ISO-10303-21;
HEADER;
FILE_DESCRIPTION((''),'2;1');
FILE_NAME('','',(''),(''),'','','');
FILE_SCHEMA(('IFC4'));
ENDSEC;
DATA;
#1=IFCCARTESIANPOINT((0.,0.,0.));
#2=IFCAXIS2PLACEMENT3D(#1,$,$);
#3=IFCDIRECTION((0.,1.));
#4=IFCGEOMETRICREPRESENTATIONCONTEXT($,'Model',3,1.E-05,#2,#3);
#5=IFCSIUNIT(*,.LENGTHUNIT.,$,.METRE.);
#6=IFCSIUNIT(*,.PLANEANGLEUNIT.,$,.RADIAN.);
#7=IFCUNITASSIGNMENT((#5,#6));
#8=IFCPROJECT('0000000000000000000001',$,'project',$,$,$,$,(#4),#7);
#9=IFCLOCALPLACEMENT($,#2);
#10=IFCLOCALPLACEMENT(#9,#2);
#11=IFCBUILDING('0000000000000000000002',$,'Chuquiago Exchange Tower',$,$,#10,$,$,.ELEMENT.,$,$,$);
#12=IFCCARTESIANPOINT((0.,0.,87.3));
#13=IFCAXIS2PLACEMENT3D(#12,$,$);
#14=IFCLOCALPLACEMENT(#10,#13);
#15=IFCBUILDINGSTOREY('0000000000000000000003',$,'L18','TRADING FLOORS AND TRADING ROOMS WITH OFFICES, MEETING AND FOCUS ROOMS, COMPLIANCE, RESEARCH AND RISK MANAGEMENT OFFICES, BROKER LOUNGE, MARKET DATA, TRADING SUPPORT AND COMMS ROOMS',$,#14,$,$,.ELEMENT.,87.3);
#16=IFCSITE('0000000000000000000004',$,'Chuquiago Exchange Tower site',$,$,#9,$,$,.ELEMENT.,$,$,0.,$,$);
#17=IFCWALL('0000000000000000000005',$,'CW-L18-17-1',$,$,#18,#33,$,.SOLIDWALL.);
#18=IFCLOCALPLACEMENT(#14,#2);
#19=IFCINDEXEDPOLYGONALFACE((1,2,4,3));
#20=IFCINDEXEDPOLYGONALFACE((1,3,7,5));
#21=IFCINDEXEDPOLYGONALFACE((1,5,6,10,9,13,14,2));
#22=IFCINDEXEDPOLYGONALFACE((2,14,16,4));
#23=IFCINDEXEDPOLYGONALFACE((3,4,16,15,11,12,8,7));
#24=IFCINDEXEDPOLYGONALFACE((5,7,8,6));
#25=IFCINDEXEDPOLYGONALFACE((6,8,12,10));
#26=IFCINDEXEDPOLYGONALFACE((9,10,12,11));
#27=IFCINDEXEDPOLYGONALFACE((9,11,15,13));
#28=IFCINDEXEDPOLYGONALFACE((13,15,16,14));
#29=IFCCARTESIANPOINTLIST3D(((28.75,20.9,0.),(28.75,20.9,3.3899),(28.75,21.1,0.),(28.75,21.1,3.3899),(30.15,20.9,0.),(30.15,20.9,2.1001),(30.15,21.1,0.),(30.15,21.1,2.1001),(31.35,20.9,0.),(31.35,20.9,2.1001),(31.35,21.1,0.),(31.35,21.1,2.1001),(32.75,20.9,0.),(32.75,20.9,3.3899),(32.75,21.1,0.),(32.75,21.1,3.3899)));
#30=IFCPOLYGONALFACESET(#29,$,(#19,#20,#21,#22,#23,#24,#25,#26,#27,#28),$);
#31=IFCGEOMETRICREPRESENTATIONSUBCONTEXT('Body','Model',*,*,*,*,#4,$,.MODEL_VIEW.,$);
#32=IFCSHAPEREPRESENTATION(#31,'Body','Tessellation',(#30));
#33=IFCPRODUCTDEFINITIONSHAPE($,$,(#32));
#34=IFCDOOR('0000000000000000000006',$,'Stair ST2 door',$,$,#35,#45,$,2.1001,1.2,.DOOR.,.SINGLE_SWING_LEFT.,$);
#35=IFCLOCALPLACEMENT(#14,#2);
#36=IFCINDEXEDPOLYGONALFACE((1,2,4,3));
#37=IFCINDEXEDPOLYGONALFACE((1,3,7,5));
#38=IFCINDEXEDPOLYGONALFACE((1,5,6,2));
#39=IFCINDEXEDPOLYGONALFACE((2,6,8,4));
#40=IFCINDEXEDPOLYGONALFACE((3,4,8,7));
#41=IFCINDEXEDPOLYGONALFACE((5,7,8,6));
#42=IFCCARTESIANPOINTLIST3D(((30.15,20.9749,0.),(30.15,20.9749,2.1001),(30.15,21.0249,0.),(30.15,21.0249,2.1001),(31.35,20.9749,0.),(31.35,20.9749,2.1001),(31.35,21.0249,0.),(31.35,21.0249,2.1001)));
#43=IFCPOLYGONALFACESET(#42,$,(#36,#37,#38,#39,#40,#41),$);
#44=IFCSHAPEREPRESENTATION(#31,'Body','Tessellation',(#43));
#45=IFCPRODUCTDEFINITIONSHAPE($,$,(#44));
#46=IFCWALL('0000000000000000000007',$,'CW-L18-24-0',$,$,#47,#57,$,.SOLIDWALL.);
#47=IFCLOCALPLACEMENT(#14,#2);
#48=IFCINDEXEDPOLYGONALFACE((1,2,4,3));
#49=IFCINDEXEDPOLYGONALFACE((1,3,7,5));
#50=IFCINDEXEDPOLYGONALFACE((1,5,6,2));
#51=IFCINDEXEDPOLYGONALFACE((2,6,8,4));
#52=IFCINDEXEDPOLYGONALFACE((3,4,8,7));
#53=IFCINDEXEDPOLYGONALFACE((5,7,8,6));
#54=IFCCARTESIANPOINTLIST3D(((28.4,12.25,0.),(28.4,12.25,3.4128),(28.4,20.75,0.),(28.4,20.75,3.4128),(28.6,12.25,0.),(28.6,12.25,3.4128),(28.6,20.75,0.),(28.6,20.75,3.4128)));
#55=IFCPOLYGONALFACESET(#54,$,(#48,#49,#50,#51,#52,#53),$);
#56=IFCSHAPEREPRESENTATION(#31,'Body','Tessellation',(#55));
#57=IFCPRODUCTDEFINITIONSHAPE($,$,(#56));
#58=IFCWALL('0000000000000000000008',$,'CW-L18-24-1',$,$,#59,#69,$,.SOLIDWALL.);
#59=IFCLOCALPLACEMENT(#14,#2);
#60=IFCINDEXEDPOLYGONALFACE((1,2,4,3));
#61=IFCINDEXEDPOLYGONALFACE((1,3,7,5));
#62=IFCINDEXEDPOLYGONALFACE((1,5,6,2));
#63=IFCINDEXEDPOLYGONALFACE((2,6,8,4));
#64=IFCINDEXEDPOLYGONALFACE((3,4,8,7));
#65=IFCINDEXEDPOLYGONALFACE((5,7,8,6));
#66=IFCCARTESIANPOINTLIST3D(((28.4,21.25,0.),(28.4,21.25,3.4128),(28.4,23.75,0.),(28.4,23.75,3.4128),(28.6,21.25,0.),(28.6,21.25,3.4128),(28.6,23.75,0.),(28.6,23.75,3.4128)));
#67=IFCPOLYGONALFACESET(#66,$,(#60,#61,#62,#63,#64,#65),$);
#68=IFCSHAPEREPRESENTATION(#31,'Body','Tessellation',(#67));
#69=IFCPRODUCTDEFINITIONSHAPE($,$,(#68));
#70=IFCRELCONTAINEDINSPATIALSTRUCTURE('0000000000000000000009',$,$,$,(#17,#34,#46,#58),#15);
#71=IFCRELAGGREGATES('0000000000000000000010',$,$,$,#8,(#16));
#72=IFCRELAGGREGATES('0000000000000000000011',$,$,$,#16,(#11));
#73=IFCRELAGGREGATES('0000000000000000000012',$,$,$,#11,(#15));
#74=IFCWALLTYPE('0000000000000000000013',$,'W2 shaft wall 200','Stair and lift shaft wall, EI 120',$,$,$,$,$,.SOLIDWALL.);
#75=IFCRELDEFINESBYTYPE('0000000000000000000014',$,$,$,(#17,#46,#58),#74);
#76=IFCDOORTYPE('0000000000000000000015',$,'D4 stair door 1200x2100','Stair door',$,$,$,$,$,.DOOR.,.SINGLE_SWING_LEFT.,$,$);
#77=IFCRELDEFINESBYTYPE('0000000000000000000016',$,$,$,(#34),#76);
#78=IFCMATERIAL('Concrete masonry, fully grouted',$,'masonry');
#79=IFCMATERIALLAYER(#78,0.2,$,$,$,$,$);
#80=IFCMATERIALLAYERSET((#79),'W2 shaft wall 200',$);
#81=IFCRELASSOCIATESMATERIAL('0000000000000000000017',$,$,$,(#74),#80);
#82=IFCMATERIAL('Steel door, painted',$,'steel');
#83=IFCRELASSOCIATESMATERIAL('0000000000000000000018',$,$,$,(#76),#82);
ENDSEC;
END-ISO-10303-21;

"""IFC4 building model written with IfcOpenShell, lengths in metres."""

from ifc_helpers import new_model, si_unit, direction, frame, frame_2d, origin, place, context, subcontext, project, spatial, rectangle, extrude, material, layer, layer_set, type_object, element, fill, save


model = new_model("IFC4")

# Units and contexts
model_context = context("Model", 3, precision=1e-05, world=origin(), true_north=direction((0.0, 1.0)))
body_context = subcontext(model_context, "Body", "Model", "MODEL_VIEW")
ifc_project = project(units=[si_unit("LENGTHUNIT", "METRE"), si_unit("PLANEANGLEUNIT", "RADIAN")], contexts=[model_context])

# Site, building, storey
site_placement = place(None, origin())
site = spatial("IfcSite", under=ifc_project, at=site_placement, Name="Chuquiago Exchange Tower site", CompositionType="ELEMENT", RefElevation=0.0)
building_placement = place(site_placement, origin())
building = spatial("IfcBuilding", under=site, at=building_placement, Name="Chuquiago Exchange Tower", CompositionType="ELEMENT")
storey_placement = place(building_placement, frame((0.0, 0.0, 87.3)))
storey = spatial("IfcBuildingStorey", under=building, at=storey_placement, Name="L18", Description="TRADING FLOORS AND TRADING ROOMS WITH OFFICES, MEETING AND FOCUS ROOMS, COMPLIANCE, RESEARCH AND RISK MANAGEMENT OFFICES, BROKER LOUNGE, MARKET DATA, TRADING SUPPORT AND COMMS ROOMS", CompositionType="ELEMENT", Elevation=87.3)

# Wall, opening, door
ifc_material_1 = material(Name="Concrete masonry, fully grouted", Category="masonry")
ifc_layer_1 = layer(ifc_material_1, 0.2)
ifc_layer_set_1 = layer_set([ifc_layer_1], Name="W2 shaft wall 200")
wall_type_1 = type_object("IfcWallType", Name="W2 shaft wall 200", Description="Stair and lift shaft wall, EI 120", PredefinedType="SOLIDWALL", material=ifc_layer_set_1)
wall_1_placement = place(storey_placement, frame((28.75, 21.0, 0.0), z_axis=(0.0, 0.0, 1.0), x_axis=(1.0, 0.0, 0.0)))
wall_1 = element("IfcWall", 1, at=wall_1_placement, inside=storey, type_object=wall_type_1, Name="CW-L18-17-1", PredefinedType="SOLIDWALL", context=body_context, shape_type="SweptSolid", body=[
    extrude(rectangle(XDim=4.0, YDim=0.2, at=frame_2d((2.0, 0.0))), origin(), (0.0, 0.0, 1.0), 3.3899),
])
opening_1_placement = place(wall_1_placement, frame((1.3999, 0.0, 0.0)))
opening_1 = element("IfcOpeningElement", 2, at=opening_1_placement, cuts=wall_1, PredefinedType="OPENING", context=body_context, shape_type="SweptSolid", body=[
    extrude(rectangle(XDim=1.2, YDim=2.1001, at=frame_2d((0.6001, 1.05))), frame((0.0, 0.1099, 0.0), z_axis=(0.0, -1.0, 0.0), x_axis=(1.0, 0.0, 0.0)), (0.0, 0.0, 1.0), 0.22),
])
ifc_material_2 = material(Name="Steel door, painted", Category="steel")
door_type_1 = type_object("IfcDoorType", Name="D4 stair door 1200x2100", Description="Stair door", OperationType="SINGLE_SWING_LEFT", PredefinedType="DOOR", material=ifc_material_2)
door_1_placement = place(opening_1_placement, origin())
door_1 = element("IfcDoor", 3, at=door_1_placement, inside=storey, type_object=door_type_1, Name="Stair ST2 door", OperationType="SINGLE_SWING_LEFT", OverallHeight=2.1001, OverallWidth=1.2, PredefinedType="DOOR", context=body_context, shape_type="SweptSolid", body=[
    extrude(rectangle(XDim=1.2, YDim=2.1001, at=frame_2d((0.6001, 1.05))), frame((0.0, 0.0249, 0.0), z_axis=(0.0, -1.0, 0.0), x_axis=(1.0, 0.0, 0.0)), (0.0, 0.0, 1.0), 0.05),
])
fill(opening_1, door_1)

# Walls
wall_2_placement = place(storey_placement, frame((28.5, 12.25, 0.0), z_axis=(0.0, 0.0, 1.0), x_axis=(0.0, 1.0, 0.0)))
element("IfcWall", 4, at=wall_2_placement, inside=storey, type_object=wall_type_1, Name="CW-L18-24-0", PredefinedType="SOLIDWALL", context=body_context, shape_type="SweptSolid", body=[
    extrude(rectangle(XDim=8.5, YDim=0.2, at=frame_2d((4.25, 0.0))), origin(), (0.0, 0.0, 1.0), 3.4128),
])
wall_3_placement = place(storey_placement, frame((28.5, 21.25, 0.0), z_axis=(0.0, 0.0, 1.0), x_axis=(0.0, 1.0, 0.0)))
element("IfcWall", 5, at=wall_3_placement, inside=storey, type_object=wall_type_1, Name="CW-L18-24-1", PredefinedType="SOLIDWALL", context=body_context, shape_type="SweptSolid", body=[
    extrude(rectangle(XDim=2.5, YDim=0.2, at=frame_2d((1.25, 0.0))), origin(), (0.0, 0.0, 1.0), 3.4128),
])

save(model, "model.ifc")
